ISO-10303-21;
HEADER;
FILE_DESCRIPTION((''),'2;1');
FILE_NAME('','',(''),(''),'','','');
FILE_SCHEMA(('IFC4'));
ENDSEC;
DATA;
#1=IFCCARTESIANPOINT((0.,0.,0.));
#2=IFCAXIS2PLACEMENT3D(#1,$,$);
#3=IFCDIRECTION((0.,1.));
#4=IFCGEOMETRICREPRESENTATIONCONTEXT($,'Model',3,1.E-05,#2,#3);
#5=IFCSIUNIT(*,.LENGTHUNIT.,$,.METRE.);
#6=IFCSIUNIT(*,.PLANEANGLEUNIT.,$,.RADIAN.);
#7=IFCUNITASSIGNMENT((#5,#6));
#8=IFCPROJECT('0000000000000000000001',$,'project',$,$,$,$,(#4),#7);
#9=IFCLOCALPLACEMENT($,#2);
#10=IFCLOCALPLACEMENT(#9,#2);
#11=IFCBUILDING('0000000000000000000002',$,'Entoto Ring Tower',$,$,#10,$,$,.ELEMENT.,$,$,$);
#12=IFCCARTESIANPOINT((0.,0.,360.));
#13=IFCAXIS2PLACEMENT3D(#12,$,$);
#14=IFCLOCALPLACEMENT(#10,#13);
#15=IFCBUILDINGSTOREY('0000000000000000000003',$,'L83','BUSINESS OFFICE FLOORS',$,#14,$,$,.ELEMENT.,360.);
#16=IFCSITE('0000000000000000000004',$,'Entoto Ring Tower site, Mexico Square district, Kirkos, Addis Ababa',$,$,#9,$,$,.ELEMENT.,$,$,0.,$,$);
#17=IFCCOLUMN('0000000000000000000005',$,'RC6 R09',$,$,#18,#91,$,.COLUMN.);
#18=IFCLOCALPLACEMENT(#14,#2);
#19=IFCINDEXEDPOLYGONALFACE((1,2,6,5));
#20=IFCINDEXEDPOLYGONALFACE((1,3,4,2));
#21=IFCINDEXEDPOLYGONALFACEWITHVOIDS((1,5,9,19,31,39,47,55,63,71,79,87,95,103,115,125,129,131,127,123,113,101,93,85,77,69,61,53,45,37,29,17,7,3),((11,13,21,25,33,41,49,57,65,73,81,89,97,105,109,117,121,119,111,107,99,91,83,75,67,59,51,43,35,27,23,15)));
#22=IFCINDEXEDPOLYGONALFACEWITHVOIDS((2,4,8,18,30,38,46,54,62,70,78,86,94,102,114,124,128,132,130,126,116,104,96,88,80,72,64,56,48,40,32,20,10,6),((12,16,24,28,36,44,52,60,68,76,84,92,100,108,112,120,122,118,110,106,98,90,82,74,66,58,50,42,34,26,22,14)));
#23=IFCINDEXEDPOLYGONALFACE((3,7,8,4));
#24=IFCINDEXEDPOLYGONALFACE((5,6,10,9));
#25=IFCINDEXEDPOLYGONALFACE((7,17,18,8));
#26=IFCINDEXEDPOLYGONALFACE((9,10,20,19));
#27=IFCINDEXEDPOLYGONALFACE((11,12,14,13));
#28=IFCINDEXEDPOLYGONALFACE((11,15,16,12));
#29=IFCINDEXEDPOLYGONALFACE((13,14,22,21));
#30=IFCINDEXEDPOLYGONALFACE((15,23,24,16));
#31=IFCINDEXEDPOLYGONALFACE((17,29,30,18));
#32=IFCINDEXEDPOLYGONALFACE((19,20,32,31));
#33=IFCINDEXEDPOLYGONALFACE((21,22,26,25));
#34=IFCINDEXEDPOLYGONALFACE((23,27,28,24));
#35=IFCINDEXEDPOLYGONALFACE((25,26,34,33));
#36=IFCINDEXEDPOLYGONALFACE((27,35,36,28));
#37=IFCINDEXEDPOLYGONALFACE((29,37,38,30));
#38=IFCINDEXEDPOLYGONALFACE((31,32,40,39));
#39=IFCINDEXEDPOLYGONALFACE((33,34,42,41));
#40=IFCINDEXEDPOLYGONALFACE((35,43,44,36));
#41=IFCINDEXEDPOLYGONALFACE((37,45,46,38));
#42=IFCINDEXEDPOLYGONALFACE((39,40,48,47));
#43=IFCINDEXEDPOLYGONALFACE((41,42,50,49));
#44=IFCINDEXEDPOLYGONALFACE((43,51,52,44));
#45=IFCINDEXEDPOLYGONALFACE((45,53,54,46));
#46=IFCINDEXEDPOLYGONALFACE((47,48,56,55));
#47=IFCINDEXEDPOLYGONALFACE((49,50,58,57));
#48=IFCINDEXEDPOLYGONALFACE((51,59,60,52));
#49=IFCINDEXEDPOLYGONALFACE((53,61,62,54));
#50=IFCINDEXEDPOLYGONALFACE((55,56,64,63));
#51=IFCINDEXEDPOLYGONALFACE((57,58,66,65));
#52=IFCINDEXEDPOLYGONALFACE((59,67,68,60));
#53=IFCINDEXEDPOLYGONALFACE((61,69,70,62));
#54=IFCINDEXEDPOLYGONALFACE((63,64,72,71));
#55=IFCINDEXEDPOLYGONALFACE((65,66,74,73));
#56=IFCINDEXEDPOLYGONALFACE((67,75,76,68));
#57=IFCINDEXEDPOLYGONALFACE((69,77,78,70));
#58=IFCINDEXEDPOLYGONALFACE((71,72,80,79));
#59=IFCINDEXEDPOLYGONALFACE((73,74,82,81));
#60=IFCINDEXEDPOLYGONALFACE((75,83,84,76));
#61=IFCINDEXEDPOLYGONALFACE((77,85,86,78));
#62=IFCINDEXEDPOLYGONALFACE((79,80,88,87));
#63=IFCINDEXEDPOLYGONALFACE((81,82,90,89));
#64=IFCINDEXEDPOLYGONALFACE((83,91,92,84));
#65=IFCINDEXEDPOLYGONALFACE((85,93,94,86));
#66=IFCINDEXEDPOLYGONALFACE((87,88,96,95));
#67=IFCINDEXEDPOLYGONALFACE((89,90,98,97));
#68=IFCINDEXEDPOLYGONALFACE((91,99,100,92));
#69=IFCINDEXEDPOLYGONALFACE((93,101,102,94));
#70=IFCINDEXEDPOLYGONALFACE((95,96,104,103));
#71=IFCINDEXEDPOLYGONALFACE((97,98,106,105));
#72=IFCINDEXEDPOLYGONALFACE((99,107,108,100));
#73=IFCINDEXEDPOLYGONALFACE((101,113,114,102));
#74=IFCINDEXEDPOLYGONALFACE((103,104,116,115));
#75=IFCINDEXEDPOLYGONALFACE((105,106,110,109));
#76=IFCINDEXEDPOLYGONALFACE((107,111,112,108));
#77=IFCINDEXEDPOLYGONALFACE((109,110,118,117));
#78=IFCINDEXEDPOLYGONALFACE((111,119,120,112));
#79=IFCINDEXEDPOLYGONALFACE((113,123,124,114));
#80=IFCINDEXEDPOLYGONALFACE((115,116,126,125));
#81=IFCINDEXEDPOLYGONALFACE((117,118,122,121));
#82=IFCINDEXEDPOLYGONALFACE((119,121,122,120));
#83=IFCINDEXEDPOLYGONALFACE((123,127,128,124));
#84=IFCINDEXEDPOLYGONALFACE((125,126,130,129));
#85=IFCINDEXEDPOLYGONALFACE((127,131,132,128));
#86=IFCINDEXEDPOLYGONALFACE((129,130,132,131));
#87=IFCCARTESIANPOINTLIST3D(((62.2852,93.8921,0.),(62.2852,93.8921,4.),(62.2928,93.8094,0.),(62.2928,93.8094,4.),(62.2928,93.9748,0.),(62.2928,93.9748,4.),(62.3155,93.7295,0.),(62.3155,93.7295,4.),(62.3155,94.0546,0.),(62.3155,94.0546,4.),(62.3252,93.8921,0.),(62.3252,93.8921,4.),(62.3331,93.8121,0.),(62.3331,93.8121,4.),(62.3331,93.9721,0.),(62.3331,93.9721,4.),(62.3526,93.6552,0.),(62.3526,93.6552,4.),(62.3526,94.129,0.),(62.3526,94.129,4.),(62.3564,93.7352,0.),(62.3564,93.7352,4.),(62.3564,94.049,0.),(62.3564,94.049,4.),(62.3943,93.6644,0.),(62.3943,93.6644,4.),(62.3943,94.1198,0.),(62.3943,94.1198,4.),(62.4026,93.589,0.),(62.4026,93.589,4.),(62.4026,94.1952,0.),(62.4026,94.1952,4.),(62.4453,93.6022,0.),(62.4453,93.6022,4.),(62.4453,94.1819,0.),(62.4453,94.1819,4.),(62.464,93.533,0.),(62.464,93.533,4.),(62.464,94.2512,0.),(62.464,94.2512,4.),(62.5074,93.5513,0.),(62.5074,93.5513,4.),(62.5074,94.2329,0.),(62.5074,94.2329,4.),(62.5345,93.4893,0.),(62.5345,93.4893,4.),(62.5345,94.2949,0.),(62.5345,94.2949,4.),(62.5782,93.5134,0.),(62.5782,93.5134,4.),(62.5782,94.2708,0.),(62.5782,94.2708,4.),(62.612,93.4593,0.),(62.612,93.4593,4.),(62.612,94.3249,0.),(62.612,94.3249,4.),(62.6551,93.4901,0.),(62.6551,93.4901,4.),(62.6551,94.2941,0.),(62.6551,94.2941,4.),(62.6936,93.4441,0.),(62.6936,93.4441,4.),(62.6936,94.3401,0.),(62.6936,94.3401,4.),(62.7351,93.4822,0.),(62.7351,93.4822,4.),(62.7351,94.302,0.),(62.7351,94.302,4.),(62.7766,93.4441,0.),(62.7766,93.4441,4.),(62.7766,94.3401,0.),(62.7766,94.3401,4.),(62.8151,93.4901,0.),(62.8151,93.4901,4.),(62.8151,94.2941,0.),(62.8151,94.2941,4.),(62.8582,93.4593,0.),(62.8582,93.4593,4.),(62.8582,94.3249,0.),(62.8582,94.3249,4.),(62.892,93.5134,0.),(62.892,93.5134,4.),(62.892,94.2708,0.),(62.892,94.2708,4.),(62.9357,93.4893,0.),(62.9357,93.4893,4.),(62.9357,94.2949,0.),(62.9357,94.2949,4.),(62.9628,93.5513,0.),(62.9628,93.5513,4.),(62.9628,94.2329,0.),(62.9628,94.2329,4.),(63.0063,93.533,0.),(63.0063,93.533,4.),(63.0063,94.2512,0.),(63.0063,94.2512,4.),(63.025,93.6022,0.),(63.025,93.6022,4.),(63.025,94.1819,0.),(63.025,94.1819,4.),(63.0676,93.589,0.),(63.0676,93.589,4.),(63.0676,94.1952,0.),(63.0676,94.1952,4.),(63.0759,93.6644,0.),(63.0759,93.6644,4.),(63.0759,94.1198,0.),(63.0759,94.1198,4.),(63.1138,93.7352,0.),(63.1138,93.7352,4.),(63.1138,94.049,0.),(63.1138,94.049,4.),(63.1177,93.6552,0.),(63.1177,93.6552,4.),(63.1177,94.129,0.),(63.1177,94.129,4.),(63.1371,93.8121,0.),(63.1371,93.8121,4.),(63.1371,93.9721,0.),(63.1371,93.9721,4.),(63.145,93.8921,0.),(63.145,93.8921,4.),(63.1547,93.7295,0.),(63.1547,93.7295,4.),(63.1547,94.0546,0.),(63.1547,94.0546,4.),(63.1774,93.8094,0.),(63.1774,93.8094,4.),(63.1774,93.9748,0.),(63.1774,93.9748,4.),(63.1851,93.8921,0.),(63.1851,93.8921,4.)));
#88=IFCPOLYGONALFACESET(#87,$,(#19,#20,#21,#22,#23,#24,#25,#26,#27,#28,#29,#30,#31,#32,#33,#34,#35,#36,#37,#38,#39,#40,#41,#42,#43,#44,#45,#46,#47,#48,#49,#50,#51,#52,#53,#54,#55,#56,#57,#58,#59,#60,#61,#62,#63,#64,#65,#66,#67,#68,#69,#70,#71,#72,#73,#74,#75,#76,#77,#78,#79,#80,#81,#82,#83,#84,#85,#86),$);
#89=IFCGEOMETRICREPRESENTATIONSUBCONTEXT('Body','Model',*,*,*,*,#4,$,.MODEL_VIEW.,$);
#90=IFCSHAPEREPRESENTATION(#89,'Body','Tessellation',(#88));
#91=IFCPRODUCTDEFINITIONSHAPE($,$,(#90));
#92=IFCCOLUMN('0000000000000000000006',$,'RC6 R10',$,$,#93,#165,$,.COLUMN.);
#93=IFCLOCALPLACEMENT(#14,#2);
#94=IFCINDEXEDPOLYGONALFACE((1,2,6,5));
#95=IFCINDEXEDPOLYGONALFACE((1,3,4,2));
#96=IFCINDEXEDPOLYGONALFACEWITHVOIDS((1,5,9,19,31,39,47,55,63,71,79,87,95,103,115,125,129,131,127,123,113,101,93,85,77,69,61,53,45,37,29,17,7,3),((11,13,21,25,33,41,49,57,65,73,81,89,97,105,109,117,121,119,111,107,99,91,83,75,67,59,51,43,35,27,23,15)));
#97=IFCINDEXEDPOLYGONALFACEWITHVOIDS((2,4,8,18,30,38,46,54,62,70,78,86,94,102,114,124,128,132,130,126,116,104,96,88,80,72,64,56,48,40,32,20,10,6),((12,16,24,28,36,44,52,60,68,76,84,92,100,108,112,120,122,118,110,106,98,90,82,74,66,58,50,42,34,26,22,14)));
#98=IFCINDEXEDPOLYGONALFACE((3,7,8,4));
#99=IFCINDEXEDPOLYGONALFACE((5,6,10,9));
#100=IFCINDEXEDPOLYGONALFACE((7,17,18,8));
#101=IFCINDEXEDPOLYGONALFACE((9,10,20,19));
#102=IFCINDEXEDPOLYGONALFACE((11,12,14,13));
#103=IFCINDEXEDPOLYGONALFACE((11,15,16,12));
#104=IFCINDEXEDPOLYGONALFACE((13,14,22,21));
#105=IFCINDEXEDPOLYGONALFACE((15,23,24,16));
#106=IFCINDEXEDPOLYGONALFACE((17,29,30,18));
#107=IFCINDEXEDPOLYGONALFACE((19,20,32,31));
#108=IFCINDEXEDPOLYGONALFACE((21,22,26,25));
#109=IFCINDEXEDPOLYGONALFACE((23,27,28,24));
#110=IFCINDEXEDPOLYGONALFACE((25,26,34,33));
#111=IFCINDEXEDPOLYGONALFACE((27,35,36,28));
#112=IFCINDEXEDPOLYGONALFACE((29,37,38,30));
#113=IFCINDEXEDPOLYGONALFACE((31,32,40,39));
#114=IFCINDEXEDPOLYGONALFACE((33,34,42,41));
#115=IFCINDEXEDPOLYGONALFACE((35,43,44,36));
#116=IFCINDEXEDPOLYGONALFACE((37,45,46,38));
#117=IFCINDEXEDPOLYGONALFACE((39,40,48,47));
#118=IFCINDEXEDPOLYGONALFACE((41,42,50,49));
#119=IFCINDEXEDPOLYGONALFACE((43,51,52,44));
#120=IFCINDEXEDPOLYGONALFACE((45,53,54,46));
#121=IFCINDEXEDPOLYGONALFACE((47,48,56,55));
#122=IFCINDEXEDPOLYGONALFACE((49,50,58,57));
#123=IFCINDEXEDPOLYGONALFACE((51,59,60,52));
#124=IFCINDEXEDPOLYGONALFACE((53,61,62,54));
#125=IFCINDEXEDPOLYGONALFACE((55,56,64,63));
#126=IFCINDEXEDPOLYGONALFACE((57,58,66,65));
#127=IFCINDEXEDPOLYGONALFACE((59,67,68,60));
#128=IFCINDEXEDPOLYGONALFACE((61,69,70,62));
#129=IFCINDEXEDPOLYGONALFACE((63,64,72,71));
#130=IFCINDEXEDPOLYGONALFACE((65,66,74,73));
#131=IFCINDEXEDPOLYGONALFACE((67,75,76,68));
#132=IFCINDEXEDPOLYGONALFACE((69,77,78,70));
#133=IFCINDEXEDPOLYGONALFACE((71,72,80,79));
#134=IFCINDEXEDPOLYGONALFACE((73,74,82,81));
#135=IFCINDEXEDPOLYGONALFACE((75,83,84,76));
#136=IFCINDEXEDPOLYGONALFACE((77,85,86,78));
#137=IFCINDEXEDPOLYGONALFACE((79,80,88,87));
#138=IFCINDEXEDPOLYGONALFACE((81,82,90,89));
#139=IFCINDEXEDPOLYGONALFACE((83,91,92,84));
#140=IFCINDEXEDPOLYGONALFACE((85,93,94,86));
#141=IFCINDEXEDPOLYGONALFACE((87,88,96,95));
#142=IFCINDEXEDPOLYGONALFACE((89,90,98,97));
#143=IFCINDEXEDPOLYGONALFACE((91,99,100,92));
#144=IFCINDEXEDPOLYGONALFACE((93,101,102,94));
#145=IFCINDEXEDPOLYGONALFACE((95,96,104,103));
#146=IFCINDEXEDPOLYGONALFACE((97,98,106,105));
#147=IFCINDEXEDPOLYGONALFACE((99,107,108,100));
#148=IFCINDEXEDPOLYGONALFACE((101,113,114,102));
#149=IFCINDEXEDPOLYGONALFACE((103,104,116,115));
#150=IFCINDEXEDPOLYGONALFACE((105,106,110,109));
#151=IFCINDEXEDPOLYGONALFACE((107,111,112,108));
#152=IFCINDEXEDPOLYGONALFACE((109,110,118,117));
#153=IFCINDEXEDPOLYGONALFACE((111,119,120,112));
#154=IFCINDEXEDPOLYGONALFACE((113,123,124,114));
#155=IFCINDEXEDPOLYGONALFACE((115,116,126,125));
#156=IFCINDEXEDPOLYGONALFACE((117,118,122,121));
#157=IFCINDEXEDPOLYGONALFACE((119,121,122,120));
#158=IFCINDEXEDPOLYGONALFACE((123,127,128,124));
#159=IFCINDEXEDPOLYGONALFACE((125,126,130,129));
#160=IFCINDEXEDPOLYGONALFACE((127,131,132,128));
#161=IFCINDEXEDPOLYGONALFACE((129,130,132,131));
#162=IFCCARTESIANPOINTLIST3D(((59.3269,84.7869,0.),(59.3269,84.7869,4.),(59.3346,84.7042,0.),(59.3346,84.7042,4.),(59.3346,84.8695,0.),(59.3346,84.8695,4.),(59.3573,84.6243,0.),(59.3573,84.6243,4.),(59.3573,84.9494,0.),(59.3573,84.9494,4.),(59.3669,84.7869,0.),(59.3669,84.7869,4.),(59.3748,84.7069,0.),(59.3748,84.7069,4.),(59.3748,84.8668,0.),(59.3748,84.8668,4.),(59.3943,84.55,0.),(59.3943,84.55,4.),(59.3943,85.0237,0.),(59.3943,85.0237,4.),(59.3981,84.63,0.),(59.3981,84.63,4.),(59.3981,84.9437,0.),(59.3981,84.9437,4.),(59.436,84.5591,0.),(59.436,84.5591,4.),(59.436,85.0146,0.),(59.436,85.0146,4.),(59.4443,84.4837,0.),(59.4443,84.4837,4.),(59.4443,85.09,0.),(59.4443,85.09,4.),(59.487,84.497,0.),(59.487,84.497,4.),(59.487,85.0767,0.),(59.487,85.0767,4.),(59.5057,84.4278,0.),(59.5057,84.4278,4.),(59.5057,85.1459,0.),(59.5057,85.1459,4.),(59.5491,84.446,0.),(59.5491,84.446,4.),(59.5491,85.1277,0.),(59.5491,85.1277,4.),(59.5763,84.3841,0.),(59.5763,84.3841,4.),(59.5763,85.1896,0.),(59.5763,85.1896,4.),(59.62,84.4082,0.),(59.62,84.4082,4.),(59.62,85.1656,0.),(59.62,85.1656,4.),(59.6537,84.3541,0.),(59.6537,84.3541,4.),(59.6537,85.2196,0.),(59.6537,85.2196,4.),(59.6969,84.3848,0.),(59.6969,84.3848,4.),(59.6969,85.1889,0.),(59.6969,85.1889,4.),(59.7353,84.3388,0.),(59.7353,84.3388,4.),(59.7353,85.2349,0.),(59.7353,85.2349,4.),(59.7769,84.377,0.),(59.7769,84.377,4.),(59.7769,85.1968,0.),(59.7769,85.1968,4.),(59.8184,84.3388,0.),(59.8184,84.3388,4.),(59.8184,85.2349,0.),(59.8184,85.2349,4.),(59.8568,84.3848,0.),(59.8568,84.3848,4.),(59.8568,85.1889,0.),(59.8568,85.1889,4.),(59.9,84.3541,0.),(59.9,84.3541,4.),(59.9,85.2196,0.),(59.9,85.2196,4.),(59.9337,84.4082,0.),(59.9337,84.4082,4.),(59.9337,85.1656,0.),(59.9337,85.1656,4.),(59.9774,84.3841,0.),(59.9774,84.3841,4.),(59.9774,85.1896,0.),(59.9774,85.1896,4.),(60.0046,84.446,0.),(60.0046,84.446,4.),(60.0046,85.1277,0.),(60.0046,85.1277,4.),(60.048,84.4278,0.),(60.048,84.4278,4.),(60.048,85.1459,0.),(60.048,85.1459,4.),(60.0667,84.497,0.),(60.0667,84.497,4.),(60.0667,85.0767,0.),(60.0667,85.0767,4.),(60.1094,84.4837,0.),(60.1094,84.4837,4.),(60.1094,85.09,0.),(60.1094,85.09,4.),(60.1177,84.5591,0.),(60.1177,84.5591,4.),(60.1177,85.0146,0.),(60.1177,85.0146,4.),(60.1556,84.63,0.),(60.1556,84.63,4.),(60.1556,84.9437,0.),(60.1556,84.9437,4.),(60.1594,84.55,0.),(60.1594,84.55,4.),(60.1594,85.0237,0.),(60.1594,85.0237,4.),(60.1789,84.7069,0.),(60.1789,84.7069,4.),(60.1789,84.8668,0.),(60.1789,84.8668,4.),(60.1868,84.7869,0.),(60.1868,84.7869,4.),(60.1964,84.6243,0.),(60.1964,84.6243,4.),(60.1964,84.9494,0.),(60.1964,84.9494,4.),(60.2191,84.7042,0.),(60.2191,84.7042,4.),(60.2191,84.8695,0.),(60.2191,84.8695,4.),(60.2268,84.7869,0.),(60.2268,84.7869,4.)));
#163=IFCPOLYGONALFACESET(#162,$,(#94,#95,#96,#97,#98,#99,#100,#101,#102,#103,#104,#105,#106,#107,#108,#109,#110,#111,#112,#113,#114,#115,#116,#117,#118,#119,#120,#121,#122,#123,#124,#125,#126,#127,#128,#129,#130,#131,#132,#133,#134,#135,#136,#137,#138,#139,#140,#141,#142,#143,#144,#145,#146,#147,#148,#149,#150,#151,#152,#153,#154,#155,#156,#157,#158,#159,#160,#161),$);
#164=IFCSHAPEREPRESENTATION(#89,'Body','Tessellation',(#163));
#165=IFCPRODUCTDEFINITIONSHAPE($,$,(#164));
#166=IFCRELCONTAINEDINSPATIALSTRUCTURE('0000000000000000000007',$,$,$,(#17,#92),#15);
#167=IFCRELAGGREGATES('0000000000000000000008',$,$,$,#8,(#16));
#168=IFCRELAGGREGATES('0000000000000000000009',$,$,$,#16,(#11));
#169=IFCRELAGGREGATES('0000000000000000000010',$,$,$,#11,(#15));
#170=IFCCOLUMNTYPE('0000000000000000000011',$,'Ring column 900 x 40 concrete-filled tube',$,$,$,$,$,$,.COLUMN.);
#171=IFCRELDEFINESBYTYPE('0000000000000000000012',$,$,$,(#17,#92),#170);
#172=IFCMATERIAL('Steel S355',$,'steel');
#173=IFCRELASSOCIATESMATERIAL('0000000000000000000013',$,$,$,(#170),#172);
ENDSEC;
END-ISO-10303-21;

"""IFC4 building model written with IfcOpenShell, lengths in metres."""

from ifc_helpers import new_model, si_unit, direction, frame, origin, origin_2d, place, context, subcontext, project, spatial, circle, hollow_circle, extrude, material, material_profile, profile_set, type_object, element, save


model = new_model("IFC4")

# Units and contexts
model_context = context("Model", 3, precision=1e-05, world=origin(), true_north=direction((0.0, 1.0)))
body_context = subcontext(model_context, "Body", "Model", "MODEL_VIEW")
ifc_project = project(units=[si_unit("LENGTHUNIT", "METRE"), si_unit("PLANEANGLEUNIT", "RADIAN")], contexts=[model_context])

# Site, building, storey
site_placement = place(None, origin())
site = spatial("IfcSite", under=ifc_project, at=site_placement, Name="Entoto Ring Tower site, Mexico Square district, Kirkos, Addis Ababa", CompositionType="ELEMENT", RefElevation=0.0)
building_placement = place(site_placement, origin())
building = spatial("IfcBuilding", under=site, at=building_placement, Name="Entoto Ring Tower", CompositionType="ELEMENT")
storey_placement = place(building_placement, frame((0.0, 0.0, 360.0)))
storey = spatial("IfcBuildingStorey", under=building, at=storey_placement, Name="L83", Description="BUSINESS OFFICE FLOORS", CompositionType="ELEMENT", Elevation=360.0)

# Columns
ifc_material_1 = material(Name="Steel S355", Category="steel")
ifc_material_profile_1 = material_profile(ifc_material_1, hollow_circle(Radius=0.45, WallThickness=0.04, at=origin_2d()), Name="CHS 900 x 40")
ifc_material_2 = material(Name="Concrete C60/75", Category="concrete")
ifc_material_profile_2 = material_profile(ifc_material_2, circle(Radius=0.4099, at=origin_2d()), Name="Concrete C60/75 infill")
ifc_profile_set_1 = profile_set([ifc_material_profile_1, ifc_material_profile_2], Name="Steel S355")
column_type = type_object("IfcColumnType", Name="Ring column 900 x 40 concrete-filled tube", PredefinedType="COLUMN", material=ifc_profile_set_1)
for number, where, z_axis, x_axis, name in (
    (1, (62.7351, 93.8921, 0.0), (0.0, 0.0, 1.0), (1.0, 0.0, 0.0), "RC6 R09"),
    (2, (59.7769, 84.7869, 0.0), (0.0, 0.0, 1.0), (1.0, 0.0, 0.0), "RC6 R10"),
):
    element("IfcColumn", number, at=place(storey_placement, frame(where, z_axis=z_axis, x_axis=x_axis)), inside=storey, type_object=column_type, Name=name, PredefinedType="COLUMN", context=body_context, shape_type="SweptSolid", body=[
        extrude(hollow_circle(Radius=0.45, WallThickness=0.04, at=origin_2d()), origin(), (0.0, 0.0, 1.0), 4.0),
    ])

save(model, "model.ifc")
